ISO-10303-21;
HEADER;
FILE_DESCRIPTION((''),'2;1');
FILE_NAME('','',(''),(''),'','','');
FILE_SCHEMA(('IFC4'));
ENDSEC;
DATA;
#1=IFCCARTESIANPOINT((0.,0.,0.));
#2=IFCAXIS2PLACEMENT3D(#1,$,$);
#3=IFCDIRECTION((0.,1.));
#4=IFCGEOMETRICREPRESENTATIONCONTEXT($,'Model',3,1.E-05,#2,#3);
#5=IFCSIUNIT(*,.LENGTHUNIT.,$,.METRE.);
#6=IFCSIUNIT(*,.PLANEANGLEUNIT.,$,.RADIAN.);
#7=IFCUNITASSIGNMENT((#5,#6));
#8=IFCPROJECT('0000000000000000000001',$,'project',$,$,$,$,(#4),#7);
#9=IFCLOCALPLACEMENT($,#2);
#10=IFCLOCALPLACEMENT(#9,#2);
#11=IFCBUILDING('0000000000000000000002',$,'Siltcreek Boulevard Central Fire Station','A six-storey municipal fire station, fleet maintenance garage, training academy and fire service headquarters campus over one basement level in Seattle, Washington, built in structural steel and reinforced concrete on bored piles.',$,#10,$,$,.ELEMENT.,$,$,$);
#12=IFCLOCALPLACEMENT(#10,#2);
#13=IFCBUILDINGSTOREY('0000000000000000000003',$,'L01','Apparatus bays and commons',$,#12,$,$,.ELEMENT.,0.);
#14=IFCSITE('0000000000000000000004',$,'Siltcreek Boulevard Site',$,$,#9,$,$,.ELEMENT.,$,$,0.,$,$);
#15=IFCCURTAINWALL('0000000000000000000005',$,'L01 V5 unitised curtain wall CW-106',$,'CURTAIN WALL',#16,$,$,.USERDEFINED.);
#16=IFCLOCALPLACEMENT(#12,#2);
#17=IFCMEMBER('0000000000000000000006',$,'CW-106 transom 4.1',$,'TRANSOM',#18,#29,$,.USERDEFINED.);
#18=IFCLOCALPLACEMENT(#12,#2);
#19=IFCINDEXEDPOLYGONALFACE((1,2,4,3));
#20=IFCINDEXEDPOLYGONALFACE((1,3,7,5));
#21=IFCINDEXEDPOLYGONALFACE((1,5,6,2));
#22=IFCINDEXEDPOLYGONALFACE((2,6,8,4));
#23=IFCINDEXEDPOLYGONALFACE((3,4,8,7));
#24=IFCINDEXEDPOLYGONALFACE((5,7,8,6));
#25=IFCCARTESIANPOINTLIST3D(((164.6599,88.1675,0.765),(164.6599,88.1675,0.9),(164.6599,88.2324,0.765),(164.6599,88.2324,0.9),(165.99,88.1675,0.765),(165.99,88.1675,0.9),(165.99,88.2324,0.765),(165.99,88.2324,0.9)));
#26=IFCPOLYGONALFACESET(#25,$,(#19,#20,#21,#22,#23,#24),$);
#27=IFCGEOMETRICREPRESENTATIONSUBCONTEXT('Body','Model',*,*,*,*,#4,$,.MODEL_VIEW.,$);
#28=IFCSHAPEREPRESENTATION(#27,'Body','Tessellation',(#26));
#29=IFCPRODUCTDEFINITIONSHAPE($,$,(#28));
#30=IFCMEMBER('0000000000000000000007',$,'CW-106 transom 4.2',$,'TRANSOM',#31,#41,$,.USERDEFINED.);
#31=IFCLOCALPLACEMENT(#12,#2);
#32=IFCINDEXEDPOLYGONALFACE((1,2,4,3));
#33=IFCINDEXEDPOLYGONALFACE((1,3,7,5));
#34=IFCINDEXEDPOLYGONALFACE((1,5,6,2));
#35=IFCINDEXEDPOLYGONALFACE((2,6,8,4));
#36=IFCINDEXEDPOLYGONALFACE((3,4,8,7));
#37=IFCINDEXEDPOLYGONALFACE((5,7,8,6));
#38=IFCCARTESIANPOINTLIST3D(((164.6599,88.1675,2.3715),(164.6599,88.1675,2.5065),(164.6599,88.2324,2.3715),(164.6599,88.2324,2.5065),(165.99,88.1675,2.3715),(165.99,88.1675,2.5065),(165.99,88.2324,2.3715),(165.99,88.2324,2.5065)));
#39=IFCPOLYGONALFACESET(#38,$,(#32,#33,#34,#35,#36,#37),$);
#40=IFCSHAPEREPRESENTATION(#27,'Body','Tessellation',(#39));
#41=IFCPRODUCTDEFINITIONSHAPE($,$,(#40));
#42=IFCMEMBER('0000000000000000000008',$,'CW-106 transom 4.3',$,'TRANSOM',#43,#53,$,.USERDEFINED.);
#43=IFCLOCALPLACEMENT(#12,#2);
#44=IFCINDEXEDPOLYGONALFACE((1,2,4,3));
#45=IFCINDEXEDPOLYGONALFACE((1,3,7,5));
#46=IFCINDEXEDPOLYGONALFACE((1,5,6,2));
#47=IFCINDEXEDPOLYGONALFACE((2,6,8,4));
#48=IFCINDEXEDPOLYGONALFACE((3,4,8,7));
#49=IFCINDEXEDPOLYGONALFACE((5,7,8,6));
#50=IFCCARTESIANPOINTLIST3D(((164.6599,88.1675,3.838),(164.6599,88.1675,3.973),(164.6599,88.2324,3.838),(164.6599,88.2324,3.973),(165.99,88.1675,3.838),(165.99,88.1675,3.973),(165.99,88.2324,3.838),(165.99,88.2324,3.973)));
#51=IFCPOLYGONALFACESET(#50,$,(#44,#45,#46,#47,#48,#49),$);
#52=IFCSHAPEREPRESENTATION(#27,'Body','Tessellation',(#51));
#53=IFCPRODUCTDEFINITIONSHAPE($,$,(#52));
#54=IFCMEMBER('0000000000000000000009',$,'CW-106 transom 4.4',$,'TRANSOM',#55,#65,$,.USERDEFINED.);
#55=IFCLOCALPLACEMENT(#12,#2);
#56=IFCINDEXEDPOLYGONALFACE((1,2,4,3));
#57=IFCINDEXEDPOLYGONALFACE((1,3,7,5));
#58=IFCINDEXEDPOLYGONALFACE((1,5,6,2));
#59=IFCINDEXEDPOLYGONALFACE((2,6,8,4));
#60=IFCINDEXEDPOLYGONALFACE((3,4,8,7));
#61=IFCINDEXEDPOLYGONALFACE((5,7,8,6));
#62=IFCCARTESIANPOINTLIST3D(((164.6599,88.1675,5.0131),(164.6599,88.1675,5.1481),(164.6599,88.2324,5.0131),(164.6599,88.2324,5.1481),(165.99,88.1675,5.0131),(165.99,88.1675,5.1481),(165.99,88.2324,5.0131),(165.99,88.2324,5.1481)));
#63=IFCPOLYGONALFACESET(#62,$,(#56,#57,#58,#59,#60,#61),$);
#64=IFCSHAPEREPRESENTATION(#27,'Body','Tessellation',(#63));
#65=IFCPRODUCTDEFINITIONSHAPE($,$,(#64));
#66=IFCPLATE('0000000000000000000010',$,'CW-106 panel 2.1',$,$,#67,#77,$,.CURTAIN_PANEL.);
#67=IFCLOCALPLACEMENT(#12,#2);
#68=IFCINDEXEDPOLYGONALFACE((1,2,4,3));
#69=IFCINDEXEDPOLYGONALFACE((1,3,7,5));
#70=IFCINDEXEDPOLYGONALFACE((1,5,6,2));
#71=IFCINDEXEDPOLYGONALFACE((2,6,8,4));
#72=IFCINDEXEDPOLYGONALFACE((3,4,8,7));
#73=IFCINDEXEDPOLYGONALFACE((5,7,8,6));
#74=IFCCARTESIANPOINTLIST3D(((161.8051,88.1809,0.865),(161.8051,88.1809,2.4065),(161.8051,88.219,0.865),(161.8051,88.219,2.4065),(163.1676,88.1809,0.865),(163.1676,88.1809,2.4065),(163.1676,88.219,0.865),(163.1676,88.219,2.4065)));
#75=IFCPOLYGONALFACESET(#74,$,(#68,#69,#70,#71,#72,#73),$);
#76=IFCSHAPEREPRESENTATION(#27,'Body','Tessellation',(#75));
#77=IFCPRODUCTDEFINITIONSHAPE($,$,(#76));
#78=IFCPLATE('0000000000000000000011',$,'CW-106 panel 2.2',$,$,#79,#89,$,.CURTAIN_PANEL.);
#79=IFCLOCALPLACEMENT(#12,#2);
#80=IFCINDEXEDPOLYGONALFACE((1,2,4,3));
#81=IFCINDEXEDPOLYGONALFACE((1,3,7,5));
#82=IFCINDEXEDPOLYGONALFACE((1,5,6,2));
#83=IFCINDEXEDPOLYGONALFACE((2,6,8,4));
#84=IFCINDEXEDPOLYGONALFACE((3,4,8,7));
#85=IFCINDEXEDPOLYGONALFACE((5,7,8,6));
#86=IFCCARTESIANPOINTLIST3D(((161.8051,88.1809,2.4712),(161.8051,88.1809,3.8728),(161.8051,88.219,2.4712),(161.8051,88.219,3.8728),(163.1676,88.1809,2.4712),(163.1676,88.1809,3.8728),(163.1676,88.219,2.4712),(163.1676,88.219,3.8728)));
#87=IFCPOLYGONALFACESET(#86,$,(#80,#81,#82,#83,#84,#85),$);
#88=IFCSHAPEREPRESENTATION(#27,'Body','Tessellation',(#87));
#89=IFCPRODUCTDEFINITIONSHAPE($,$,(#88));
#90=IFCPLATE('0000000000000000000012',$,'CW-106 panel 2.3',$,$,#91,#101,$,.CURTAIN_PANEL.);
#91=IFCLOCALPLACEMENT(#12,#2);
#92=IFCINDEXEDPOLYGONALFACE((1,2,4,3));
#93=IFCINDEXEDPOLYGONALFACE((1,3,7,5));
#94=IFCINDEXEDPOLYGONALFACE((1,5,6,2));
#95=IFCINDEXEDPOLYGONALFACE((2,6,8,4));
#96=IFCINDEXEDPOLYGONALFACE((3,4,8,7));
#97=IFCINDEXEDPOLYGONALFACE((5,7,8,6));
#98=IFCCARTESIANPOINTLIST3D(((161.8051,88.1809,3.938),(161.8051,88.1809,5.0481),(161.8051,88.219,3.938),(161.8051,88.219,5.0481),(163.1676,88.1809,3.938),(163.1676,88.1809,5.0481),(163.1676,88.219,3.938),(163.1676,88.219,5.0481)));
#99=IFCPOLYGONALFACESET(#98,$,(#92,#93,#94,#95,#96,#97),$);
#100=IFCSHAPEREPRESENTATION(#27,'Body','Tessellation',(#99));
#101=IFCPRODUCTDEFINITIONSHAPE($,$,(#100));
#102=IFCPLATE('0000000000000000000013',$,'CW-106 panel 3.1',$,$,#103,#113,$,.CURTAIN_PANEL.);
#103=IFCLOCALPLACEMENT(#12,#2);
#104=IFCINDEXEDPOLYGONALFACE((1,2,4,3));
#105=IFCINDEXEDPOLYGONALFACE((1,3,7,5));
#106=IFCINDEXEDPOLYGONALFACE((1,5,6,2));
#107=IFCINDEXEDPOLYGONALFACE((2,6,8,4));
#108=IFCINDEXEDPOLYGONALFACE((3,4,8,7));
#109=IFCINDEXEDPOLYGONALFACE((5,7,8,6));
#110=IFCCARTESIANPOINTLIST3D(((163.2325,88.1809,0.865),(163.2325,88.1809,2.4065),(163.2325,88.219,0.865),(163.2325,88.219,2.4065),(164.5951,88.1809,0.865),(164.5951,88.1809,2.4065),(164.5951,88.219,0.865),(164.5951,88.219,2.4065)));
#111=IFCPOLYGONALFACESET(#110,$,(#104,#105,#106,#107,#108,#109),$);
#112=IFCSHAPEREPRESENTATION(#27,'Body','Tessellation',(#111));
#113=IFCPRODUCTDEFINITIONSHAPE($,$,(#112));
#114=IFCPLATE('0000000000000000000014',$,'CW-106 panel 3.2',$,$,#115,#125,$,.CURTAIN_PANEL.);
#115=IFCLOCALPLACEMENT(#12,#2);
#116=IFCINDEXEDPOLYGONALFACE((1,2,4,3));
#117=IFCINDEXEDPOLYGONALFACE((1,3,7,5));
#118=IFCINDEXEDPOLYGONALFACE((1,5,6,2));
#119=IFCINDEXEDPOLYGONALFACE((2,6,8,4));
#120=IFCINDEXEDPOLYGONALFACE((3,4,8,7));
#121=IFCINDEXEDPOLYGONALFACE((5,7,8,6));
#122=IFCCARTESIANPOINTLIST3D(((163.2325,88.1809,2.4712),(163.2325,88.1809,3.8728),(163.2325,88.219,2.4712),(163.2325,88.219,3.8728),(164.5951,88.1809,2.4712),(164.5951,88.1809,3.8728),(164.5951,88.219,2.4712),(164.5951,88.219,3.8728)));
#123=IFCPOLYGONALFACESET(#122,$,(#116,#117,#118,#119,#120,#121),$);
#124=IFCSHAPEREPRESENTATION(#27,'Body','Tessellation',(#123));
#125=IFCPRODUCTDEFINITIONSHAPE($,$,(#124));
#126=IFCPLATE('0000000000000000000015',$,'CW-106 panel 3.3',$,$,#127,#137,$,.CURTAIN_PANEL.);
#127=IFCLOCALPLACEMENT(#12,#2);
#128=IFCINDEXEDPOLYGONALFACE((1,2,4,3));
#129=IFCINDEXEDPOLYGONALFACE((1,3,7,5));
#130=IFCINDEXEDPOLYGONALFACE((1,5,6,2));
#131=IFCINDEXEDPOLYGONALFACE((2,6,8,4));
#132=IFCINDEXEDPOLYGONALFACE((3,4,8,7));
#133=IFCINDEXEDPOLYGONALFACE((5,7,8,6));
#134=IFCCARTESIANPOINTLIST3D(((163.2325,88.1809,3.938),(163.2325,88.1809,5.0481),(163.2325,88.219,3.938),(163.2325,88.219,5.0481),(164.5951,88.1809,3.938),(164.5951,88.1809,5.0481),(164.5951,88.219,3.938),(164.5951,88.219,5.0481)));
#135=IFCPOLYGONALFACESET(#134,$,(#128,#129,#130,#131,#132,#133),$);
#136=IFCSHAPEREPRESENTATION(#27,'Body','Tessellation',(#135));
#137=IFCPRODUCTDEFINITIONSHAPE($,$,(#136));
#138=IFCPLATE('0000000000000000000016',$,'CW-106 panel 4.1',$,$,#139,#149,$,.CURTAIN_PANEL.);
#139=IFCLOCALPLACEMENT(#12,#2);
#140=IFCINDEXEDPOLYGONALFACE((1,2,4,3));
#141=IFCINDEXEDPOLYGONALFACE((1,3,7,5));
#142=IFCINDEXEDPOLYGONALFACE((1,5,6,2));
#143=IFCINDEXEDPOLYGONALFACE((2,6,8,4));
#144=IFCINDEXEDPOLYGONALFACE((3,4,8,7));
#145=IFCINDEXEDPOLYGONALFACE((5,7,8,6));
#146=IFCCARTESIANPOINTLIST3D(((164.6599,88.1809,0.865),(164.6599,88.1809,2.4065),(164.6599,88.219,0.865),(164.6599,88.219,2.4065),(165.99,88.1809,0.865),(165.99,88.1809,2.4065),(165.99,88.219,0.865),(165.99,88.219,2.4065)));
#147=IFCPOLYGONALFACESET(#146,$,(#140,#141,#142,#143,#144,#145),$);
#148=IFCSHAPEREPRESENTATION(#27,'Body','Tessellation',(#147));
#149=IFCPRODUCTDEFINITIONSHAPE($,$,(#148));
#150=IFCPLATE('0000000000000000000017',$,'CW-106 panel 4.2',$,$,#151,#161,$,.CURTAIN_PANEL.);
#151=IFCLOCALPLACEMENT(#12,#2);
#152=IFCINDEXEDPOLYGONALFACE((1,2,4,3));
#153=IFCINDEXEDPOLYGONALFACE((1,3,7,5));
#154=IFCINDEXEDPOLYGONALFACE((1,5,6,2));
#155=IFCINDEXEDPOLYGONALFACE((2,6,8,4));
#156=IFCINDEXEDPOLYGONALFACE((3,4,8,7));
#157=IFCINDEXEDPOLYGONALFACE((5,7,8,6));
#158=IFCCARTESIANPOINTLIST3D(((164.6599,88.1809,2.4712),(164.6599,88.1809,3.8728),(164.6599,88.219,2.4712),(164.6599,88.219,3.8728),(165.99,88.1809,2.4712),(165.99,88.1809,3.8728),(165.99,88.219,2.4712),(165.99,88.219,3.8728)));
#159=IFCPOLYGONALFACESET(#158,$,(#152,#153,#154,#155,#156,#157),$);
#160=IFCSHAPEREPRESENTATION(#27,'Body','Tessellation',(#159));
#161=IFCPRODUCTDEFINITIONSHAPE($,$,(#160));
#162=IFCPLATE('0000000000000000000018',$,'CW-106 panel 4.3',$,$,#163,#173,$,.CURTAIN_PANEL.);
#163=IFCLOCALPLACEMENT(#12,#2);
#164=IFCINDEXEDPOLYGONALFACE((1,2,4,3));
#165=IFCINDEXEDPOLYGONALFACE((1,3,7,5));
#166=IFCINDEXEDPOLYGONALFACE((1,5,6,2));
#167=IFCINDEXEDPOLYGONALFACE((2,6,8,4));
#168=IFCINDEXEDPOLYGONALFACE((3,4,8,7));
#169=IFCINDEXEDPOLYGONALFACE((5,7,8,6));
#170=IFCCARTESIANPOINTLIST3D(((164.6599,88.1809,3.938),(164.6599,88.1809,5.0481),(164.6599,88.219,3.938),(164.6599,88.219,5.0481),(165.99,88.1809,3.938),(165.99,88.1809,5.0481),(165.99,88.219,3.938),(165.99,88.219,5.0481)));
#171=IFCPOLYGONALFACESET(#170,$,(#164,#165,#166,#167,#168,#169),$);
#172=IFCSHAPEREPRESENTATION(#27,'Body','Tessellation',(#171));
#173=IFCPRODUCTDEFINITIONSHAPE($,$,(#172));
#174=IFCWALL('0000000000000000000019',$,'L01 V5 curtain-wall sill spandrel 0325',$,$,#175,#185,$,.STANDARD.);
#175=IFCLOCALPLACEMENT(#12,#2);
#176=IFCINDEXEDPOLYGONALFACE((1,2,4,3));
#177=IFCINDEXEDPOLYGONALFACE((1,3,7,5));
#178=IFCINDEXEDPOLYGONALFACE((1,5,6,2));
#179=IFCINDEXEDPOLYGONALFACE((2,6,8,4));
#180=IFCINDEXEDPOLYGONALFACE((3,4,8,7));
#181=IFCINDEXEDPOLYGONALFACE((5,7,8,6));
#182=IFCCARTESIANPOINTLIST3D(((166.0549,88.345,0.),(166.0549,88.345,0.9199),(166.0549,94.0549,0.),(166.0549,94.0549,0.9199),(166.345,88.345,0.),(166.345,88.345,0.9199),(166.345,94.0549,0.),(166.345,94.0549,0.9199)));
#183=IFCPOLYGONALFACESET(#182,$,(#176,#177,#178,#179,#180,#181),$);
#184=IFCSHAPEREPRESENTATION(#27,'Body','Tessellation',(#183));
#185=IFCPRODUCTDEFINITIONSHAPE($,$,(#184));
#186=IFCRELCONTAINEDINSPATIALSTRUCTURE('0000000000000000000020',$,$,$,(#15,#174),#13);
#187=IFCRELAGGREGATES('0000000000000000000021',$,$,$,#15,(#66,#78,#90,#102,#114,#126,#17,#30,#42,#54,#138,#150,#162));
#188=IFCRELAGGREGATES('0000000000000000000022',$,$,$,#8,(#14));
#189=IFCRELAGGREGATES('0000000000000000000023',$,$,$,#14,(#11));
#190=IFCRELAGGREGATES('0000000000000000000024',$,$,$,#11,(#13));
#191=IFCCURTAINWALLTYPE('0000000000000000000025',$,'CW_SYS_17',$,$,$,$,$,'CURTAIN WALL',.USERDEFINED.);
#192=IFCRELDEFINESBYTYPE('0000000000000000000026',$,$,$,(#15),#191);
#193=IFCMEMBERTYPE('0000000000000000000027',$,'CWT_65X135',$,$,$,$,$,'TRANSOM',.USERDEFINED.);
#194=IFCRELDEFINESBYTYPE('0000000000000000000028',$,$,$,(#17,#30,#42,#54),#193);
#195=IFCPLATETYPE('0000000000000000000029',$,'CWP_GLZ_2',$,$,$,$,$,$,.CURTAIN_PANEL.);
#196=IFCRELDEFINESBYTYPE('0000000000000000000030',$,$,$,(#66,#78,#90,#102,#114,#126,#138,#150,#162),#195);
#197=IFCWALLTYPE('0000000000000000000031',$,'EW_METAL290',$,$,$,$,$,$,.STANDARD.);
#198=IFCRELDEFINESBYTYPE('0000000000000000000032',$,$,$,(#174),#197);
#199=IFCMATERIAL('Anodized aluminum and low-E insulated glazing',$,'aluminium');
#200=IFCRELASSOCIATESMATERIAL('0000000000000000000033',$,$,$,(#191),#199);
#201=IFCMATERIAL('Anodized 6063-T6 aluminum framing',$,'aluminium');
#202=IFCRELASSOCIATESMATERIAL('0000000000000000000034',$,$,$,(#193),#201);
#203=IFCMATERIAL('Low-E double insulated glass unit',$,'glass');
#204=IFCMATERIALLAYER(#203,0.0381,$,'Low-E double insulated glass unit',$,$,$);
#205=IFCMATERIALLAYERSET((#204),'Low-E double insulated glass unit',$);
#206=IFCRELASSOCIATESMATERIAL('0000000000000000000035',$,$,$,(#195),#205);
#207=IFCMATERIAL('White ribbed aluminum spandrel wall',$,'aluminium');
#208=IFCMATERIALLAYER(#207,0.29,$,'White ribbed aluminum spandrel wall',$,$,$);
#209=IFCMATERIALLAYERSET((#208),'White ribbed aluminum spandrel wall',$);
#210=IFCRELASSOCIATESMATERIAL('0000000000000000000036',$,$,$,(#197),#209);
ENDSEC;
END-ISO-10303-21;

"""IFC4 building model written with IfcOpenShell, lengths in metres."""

from ifc_helpers import new_model, si_unit, direction, frame, frame_2d, origin, origin_2d, place, context, subcontext, project, spatial, rectangle, extrude, material, layer, layer_set, material_profile, profile_set, type_object, element, aggregate, save


model = new_model("IFC4")

# Units and contexts
model_context = context("Model", 3, precision=1e-05, world=origin(), true_north=direction((0.0, 1.0)))
body_context = subcontext(model_context, "Body", "Model", "MODEL_VIEW")
ifc_project = project(units=[si_unit("LENGTHUNIT", "METRE"), si_unit("PLANEANGLEUNIT", "RADIAN")], contexts=[model_context])

# Site, building, storey
site_placement = place(None, origin())
site = spatial("IfcSite", under=ifc_project, at=site_placement, Name="Siltcreek Boulevard Site", CompositionType="ELEMENT", RefElevation=0.0)
building_placement = place(site_placement, origin())
building = spatial("IfcBuilding", under=site, at=building_placement, Name="Siltcreek Boulevard Central Fire Station", Description="A six-storey municipal fire station, fleet maintenance garage, training academy and fire service headquarters campus over one basement level in Seattle, Washington, built in structural steel and reinforced concrete on bored piles.", CompositionType="ELEMENT")
storey_placement = place(building_placement, origin())
storey = spatial("IfcBuildingStorey", under=building, at=storey_placement, Name="L01", Description="Apparatus bays and commons", CompositionType="ELEMENT", Elevation=0.0)

# Shared definitions
ifc_material_1 = material(Name="Anodized aluminum and low-E insulated glazing", Category="aluminium")
ifc_material_2 = material(Name="Anodized 6063-T6 aluminum framing", Category="aluminium")

# Curtain wall
curtain_wall_type_1 = type_object("IfcCurtainWallType", Name="CW_SYS_17", ElementType="CURTAIN WALL", PredefinedType="USERDEFINED", material=ifc_material_1)
curtain_wall_1_placement = place(storey_placement, origin())
curtain_wall_1 = element("IfcCurtainWall", 1, at=curtain_wall_1_placement, inside=storey, type_object=curtain_wall_type_1, Name="L01 V5 unitised curtain wall CW-106", ObjectType="CURTAIN WALL", PredefinedType="USERDEFINED")

# Members
ifc_material_profile_1 = material_profile(ifc_material_2, rectangle(XDim=0.0649, YDim=0.135, at=origin_2d()), Name="TRAN65X135")
ifc_profile_set_1 = profile_set([ifc_material_profile_1], Name="Anodized 6063-T6 aluminum framing")
member_type_1 = type_object("IfcMemberType", Name="CWT_65X135", ElementType="TRANSOM", PredefinedType="USERDEFINED", material=ifc_profile_set_1)
member_1_placement = place(storey_placement, frame((164.6599, 88.2, 0.8325), z_axis=(1.0, 0.0, 0.0), x_axis=(0.0, 1.0, 0.0)))
member_1 = element("IfcMember", 2, at=member_1_placement, type_object=member_type_1, Name="CW-106 transom 4.1", ObjectType="TRANSOM", PredefinedType="USERDEFINED", context=body_context, shape_type="SweptSolid", body=[
    extrude(rectangle(XDim=0.0649, YDim=0.135, at=origin_2d()), origin(), (0.0, 0.0, 1.0), 1.3301),
])
member_2_placement = place(storey_placement, frame((164.6599, 88.2, 2.439), z_axis=(1.0, 0.0, 0.0), x_axis=(0.0, 1.0, 0.0)))
member_2 = element("IfcMember", 3, at=member_2_placement, type_object=member_type_1, Name="CW-106 transom 4.2", ObjectType="TRANSOM", PredefinedType="USERDEFINED", context=body_context, shape_type="SweptSolid", body=[
    extrude(rectangle(XDim=0.0649, YDim=0.135, at=origin_2d()), origin(), (0.0, 0.0, 1.0), 1.3301),
])
member_3_placement = place(storey_placement, frame((164.6599, 88.2, 3.9055), z_axis=(1.0, 0.0, 0.0), x_axis=(0.0, 1.0, 0.0)))
member_3 = element("IfcMember", 4, at=member_3_placement, type_object=member_type_1, Name="CW-106 transom 4.3", ObjectType="TRANSOM", PredefinedType="USERDEFINED", context=body_context, shape_type="SweptSolid", body=[
    extrude(rectangle(XDim=0.0649, YDim=0.135, at=origin_2d()), origin(), (0.0, 0.0, 1.0), 1.3301),
])
member_4_placement = place(storey_placement, frame((164.6599, 88.2, 5.0806), z_axis=(1.0, 0.0, 0.0), x_axis=(0.0, 1.0, 0.0)))
member_4 = element("IfcMember", 5, at=member_4_placement, type_object=member_type_1, Name="CW-106 transom 4.4", ObjectType="TRANSOM", PredefinedType="USERDEFINED", context=body_context, shape_type="SweptSolid", body=[
    extrude(rectangle(XDim=0.0649, YDim=0.135, at=origin_2d()), origin(), (0.0, 0.0, 1.0), 1.3301),
])

# Plates
ifc_material_3 = material(Name="Low-E double insulated glass unit", Category="glass")
ifc_layer_1 = layer(ifc_material_3, 0.0381, Name="Low-E double insulated glass unit")
ifc_layer_set_1 = layer_set([ifc_layer_1], Name="Low-E double insulated glass unit")
plate_type = type_object("IfcPlateType", Name="CWP_GLZ_2", PredefinedType="CURTAIN_PANEL", material=ifc_layer_set_1)
plate_1_placement = place(storey_placement, frame((162.4863, 88.2, 0.865), z_axis=(0.0, 0.0, 1.0), x_axis=(1.0, 0.0, 0.0)))
plate_1 = element("IfcPlate", 6, at=plate_1_placement, type_object=plate_type, Name="CW-106 panel 2.1", PredefinedType="CURTAIN_PANEL", context=body_context, shape_type="SweptSolid", body=[
    extrude(rectangle(XDim=1.3625, YDim=0.0381, at=origin_2d()), origin(), (0.0, 0.0, 1.0), 1.5415),
])
plate_2_placement = place(storey_placement, frame((162.4863, 88.2, 2.4712), z_axis=(0.0, 0.0, 1.0), x_axis=(1.0, 0.0, 0.0)))
plate_2 = element("IfcPlate", 7, at=plate_2_placement, type_object=plate_type, Name="CW-106 panel 2.2", PredefinedType="CURTAIN_PANEL", context=body_context, shape_type="SweptSolid", body=[
    extrude(rectangle(XDim=1.3625, YDim=0.0381, at=origin_2d()), origin(), (0.0, 0.0, 1.0), 1.4016),
])
plate_3_placement = place(storey_placement, frame((162.4863, 88.2, 3.938), z_axis=(0.0, 0.0, 1.0), x_axis=(1.0, 0.0, 0.0)))
plate_3 = element("IfcPlate", 8, at=plate_3_placement, type_object=plate_type, Name="CW-106 panel 2.3", PredefinedType="CURTAIN_PANEL", context=body_context, shape_type="SweptSolid", body=[
    extrude(rectangle(XDim=1.3625, YDim=0.0381, at=origin_2d()), origin(), (0.0, 0.0, 1.0), 1.1101),
])
plate_4_placement = place(storey_placement, frame((163.9138, 88.2, 0.865), z_axis=(0.0, 0.0, 1.0), x_axis=(1.0, 0.0, 0.0)))
plate_4 = element("IfcPlate", 9, at=plate_4_placement, type_object=plate_type, Name="CW-106 panel 3.1", PredefinedType="CURTAIN_PANEL", context=body_context, shape_type="SweptSolid", body=[
    extrude(rectangle(XDim=1.3625, YDim=0.0381, at=origin_2d()), origin(), (0.0, 0.0, 1.0), 1.5415),
])
plate_5_placement = place(storey_placement, frame((163.9138, 88.2, 2.4712), z_axis=(0.0, 0.0, 1.0), x_axis=(1.0, 0.0, 0.0)))
plate_5 = element("IfcPlate", 10, at=plate_5_placement, type_object=plate_type, Name="CW-106 panel 3.2", PredefinedType="CURTAIN_PANEL", context=body_context, shape_type="SweptSolid", body=[
    extrude(rectangle(XDim=1.3625, YDim=0.0381, at=origin_2d()), origin(), (0.0, 0.0, 1.0), 1.4016),
])
plate_6_placement = place(storey_placement, frame((163.9138, 88.2, 3.938), z_axis=(0.0, 0.0, 1.0), x_axis=(1.0, 0.0, 0.0)))
plate_6 = element("IfcPlate", 11, at=plate_6_placement, type_object=plate_type, Name="CW-106 panel 3.3", PredefinedType="CURTAIN_PANEL", context=body_context, shape_type="SweptSolid", body=[
    extrude(rectangle(XDim=1.3625, YDim=0.0381, at=origin_2d()), origin(), (0.0, 0.0, 1.0), 1.1101),
])
plate_7_placement = place(storey_placement, frame((165.325, 88.2, 0.865), z_axis=(0.0, 0.0, 1.0), x_axis=(1.0, 0.0, 0.0)))
plate_7 = element("IfcPlate", 12, at=plate_7_placement, type_object=plate_type, Name="CW-106 panel 4.1", PredefinedType="CURTAIN_PANEL", context=body_context, shape_type="SweptSolid", body=[
    extrude(rectangle(XDim=1.3301, YDim=0.0381, at=origin_2d()), origin(), (0.0, 0.0, 1.0), 1.5415),
])
plate_8_placement = place(storey_placement, frame((165.325, 88.2, 2.4712), z_axis=(0.0, 0.0, 1.0), x_axis=(1.0, 0.0, 0.0)))
plate_8 = element("IfcPlate", 13, at=plate_8_placement, type_object=plate_type, Name="CW-106 panel 4.2", PredefinedType="CURTAIN_PANEL", context=body_context, shape_type="SweptSolid", body=[
    extrude(rectangle(XDim=1.3301, YDim=0.0381, at=origin_2d()), origin(), (0.0, 0.0, 1.0), 1.4016),
])
plate_9_placement = place(storey_placement, frame((165.325, 88.2, 3.938), z_axis=(0.0, 0.0, 1.0), x_axis=(1.0, 0.0, 0.0)))
plate_9 = element("IfcPlate", 14, at=plate_9_placement, type_object=plate_type, Name="CW-106 panel 4.3", PredefinedType="CURTAIN_PANEL", context=body_context, shape_type="SweptSolid", body=[
    extrude(rectangle(XDim=1.3301, YDim=0.0381, at=origin_2d()), origin(), (0.0, 0.0, 1.0), 1.1101),
])
aggregate(curtain_wall_1, [plate_1, plate_2, plate_3, plate_4, plate_5, plate_6, member_1, member_2, member_3, member_4, plate_7, plate_8, plate_9])

# Wall
ifc_material_4 = material(Name="White ribbed aluminum spandrel wall", Category="aluminium")
ifc_layer_2 = layer(ifc_material_4, 0.29, Name="White ribbed aluminum spandrel wall")
ifc_layer_set_2 = layer_set([ifc_layer_2], Name="White ribbed aluminum spandrel wall")
wall_type = type_object("IfcWallType", Name="EW_METAL290", PredefinedType="STANDARD", material=ifc_layer_set_2)
wall_placement = place(storey_placement, frame((166.2, 88.345, 0.0), z_axis=(0.0, 0.0, 1.0), x_axis=(0.0, 1.0, 0.0)))
element("IfcWall", 15, at=wall_placement, inside=storey, type_object=wall_type, Name="L01 V5 curtain-wall sill spandrel 0325", PredefinedType="STANDARD", context=body_context, shape_type="SweptSolid", body=[
    extrude(rectangle(XDim=5.71, YDim=0.29, at=frame_2d((2.855, 0.0))), origin(), (0.0, 0.0, 1.0), 0.9199),
])

save(model, "model.ifc")
